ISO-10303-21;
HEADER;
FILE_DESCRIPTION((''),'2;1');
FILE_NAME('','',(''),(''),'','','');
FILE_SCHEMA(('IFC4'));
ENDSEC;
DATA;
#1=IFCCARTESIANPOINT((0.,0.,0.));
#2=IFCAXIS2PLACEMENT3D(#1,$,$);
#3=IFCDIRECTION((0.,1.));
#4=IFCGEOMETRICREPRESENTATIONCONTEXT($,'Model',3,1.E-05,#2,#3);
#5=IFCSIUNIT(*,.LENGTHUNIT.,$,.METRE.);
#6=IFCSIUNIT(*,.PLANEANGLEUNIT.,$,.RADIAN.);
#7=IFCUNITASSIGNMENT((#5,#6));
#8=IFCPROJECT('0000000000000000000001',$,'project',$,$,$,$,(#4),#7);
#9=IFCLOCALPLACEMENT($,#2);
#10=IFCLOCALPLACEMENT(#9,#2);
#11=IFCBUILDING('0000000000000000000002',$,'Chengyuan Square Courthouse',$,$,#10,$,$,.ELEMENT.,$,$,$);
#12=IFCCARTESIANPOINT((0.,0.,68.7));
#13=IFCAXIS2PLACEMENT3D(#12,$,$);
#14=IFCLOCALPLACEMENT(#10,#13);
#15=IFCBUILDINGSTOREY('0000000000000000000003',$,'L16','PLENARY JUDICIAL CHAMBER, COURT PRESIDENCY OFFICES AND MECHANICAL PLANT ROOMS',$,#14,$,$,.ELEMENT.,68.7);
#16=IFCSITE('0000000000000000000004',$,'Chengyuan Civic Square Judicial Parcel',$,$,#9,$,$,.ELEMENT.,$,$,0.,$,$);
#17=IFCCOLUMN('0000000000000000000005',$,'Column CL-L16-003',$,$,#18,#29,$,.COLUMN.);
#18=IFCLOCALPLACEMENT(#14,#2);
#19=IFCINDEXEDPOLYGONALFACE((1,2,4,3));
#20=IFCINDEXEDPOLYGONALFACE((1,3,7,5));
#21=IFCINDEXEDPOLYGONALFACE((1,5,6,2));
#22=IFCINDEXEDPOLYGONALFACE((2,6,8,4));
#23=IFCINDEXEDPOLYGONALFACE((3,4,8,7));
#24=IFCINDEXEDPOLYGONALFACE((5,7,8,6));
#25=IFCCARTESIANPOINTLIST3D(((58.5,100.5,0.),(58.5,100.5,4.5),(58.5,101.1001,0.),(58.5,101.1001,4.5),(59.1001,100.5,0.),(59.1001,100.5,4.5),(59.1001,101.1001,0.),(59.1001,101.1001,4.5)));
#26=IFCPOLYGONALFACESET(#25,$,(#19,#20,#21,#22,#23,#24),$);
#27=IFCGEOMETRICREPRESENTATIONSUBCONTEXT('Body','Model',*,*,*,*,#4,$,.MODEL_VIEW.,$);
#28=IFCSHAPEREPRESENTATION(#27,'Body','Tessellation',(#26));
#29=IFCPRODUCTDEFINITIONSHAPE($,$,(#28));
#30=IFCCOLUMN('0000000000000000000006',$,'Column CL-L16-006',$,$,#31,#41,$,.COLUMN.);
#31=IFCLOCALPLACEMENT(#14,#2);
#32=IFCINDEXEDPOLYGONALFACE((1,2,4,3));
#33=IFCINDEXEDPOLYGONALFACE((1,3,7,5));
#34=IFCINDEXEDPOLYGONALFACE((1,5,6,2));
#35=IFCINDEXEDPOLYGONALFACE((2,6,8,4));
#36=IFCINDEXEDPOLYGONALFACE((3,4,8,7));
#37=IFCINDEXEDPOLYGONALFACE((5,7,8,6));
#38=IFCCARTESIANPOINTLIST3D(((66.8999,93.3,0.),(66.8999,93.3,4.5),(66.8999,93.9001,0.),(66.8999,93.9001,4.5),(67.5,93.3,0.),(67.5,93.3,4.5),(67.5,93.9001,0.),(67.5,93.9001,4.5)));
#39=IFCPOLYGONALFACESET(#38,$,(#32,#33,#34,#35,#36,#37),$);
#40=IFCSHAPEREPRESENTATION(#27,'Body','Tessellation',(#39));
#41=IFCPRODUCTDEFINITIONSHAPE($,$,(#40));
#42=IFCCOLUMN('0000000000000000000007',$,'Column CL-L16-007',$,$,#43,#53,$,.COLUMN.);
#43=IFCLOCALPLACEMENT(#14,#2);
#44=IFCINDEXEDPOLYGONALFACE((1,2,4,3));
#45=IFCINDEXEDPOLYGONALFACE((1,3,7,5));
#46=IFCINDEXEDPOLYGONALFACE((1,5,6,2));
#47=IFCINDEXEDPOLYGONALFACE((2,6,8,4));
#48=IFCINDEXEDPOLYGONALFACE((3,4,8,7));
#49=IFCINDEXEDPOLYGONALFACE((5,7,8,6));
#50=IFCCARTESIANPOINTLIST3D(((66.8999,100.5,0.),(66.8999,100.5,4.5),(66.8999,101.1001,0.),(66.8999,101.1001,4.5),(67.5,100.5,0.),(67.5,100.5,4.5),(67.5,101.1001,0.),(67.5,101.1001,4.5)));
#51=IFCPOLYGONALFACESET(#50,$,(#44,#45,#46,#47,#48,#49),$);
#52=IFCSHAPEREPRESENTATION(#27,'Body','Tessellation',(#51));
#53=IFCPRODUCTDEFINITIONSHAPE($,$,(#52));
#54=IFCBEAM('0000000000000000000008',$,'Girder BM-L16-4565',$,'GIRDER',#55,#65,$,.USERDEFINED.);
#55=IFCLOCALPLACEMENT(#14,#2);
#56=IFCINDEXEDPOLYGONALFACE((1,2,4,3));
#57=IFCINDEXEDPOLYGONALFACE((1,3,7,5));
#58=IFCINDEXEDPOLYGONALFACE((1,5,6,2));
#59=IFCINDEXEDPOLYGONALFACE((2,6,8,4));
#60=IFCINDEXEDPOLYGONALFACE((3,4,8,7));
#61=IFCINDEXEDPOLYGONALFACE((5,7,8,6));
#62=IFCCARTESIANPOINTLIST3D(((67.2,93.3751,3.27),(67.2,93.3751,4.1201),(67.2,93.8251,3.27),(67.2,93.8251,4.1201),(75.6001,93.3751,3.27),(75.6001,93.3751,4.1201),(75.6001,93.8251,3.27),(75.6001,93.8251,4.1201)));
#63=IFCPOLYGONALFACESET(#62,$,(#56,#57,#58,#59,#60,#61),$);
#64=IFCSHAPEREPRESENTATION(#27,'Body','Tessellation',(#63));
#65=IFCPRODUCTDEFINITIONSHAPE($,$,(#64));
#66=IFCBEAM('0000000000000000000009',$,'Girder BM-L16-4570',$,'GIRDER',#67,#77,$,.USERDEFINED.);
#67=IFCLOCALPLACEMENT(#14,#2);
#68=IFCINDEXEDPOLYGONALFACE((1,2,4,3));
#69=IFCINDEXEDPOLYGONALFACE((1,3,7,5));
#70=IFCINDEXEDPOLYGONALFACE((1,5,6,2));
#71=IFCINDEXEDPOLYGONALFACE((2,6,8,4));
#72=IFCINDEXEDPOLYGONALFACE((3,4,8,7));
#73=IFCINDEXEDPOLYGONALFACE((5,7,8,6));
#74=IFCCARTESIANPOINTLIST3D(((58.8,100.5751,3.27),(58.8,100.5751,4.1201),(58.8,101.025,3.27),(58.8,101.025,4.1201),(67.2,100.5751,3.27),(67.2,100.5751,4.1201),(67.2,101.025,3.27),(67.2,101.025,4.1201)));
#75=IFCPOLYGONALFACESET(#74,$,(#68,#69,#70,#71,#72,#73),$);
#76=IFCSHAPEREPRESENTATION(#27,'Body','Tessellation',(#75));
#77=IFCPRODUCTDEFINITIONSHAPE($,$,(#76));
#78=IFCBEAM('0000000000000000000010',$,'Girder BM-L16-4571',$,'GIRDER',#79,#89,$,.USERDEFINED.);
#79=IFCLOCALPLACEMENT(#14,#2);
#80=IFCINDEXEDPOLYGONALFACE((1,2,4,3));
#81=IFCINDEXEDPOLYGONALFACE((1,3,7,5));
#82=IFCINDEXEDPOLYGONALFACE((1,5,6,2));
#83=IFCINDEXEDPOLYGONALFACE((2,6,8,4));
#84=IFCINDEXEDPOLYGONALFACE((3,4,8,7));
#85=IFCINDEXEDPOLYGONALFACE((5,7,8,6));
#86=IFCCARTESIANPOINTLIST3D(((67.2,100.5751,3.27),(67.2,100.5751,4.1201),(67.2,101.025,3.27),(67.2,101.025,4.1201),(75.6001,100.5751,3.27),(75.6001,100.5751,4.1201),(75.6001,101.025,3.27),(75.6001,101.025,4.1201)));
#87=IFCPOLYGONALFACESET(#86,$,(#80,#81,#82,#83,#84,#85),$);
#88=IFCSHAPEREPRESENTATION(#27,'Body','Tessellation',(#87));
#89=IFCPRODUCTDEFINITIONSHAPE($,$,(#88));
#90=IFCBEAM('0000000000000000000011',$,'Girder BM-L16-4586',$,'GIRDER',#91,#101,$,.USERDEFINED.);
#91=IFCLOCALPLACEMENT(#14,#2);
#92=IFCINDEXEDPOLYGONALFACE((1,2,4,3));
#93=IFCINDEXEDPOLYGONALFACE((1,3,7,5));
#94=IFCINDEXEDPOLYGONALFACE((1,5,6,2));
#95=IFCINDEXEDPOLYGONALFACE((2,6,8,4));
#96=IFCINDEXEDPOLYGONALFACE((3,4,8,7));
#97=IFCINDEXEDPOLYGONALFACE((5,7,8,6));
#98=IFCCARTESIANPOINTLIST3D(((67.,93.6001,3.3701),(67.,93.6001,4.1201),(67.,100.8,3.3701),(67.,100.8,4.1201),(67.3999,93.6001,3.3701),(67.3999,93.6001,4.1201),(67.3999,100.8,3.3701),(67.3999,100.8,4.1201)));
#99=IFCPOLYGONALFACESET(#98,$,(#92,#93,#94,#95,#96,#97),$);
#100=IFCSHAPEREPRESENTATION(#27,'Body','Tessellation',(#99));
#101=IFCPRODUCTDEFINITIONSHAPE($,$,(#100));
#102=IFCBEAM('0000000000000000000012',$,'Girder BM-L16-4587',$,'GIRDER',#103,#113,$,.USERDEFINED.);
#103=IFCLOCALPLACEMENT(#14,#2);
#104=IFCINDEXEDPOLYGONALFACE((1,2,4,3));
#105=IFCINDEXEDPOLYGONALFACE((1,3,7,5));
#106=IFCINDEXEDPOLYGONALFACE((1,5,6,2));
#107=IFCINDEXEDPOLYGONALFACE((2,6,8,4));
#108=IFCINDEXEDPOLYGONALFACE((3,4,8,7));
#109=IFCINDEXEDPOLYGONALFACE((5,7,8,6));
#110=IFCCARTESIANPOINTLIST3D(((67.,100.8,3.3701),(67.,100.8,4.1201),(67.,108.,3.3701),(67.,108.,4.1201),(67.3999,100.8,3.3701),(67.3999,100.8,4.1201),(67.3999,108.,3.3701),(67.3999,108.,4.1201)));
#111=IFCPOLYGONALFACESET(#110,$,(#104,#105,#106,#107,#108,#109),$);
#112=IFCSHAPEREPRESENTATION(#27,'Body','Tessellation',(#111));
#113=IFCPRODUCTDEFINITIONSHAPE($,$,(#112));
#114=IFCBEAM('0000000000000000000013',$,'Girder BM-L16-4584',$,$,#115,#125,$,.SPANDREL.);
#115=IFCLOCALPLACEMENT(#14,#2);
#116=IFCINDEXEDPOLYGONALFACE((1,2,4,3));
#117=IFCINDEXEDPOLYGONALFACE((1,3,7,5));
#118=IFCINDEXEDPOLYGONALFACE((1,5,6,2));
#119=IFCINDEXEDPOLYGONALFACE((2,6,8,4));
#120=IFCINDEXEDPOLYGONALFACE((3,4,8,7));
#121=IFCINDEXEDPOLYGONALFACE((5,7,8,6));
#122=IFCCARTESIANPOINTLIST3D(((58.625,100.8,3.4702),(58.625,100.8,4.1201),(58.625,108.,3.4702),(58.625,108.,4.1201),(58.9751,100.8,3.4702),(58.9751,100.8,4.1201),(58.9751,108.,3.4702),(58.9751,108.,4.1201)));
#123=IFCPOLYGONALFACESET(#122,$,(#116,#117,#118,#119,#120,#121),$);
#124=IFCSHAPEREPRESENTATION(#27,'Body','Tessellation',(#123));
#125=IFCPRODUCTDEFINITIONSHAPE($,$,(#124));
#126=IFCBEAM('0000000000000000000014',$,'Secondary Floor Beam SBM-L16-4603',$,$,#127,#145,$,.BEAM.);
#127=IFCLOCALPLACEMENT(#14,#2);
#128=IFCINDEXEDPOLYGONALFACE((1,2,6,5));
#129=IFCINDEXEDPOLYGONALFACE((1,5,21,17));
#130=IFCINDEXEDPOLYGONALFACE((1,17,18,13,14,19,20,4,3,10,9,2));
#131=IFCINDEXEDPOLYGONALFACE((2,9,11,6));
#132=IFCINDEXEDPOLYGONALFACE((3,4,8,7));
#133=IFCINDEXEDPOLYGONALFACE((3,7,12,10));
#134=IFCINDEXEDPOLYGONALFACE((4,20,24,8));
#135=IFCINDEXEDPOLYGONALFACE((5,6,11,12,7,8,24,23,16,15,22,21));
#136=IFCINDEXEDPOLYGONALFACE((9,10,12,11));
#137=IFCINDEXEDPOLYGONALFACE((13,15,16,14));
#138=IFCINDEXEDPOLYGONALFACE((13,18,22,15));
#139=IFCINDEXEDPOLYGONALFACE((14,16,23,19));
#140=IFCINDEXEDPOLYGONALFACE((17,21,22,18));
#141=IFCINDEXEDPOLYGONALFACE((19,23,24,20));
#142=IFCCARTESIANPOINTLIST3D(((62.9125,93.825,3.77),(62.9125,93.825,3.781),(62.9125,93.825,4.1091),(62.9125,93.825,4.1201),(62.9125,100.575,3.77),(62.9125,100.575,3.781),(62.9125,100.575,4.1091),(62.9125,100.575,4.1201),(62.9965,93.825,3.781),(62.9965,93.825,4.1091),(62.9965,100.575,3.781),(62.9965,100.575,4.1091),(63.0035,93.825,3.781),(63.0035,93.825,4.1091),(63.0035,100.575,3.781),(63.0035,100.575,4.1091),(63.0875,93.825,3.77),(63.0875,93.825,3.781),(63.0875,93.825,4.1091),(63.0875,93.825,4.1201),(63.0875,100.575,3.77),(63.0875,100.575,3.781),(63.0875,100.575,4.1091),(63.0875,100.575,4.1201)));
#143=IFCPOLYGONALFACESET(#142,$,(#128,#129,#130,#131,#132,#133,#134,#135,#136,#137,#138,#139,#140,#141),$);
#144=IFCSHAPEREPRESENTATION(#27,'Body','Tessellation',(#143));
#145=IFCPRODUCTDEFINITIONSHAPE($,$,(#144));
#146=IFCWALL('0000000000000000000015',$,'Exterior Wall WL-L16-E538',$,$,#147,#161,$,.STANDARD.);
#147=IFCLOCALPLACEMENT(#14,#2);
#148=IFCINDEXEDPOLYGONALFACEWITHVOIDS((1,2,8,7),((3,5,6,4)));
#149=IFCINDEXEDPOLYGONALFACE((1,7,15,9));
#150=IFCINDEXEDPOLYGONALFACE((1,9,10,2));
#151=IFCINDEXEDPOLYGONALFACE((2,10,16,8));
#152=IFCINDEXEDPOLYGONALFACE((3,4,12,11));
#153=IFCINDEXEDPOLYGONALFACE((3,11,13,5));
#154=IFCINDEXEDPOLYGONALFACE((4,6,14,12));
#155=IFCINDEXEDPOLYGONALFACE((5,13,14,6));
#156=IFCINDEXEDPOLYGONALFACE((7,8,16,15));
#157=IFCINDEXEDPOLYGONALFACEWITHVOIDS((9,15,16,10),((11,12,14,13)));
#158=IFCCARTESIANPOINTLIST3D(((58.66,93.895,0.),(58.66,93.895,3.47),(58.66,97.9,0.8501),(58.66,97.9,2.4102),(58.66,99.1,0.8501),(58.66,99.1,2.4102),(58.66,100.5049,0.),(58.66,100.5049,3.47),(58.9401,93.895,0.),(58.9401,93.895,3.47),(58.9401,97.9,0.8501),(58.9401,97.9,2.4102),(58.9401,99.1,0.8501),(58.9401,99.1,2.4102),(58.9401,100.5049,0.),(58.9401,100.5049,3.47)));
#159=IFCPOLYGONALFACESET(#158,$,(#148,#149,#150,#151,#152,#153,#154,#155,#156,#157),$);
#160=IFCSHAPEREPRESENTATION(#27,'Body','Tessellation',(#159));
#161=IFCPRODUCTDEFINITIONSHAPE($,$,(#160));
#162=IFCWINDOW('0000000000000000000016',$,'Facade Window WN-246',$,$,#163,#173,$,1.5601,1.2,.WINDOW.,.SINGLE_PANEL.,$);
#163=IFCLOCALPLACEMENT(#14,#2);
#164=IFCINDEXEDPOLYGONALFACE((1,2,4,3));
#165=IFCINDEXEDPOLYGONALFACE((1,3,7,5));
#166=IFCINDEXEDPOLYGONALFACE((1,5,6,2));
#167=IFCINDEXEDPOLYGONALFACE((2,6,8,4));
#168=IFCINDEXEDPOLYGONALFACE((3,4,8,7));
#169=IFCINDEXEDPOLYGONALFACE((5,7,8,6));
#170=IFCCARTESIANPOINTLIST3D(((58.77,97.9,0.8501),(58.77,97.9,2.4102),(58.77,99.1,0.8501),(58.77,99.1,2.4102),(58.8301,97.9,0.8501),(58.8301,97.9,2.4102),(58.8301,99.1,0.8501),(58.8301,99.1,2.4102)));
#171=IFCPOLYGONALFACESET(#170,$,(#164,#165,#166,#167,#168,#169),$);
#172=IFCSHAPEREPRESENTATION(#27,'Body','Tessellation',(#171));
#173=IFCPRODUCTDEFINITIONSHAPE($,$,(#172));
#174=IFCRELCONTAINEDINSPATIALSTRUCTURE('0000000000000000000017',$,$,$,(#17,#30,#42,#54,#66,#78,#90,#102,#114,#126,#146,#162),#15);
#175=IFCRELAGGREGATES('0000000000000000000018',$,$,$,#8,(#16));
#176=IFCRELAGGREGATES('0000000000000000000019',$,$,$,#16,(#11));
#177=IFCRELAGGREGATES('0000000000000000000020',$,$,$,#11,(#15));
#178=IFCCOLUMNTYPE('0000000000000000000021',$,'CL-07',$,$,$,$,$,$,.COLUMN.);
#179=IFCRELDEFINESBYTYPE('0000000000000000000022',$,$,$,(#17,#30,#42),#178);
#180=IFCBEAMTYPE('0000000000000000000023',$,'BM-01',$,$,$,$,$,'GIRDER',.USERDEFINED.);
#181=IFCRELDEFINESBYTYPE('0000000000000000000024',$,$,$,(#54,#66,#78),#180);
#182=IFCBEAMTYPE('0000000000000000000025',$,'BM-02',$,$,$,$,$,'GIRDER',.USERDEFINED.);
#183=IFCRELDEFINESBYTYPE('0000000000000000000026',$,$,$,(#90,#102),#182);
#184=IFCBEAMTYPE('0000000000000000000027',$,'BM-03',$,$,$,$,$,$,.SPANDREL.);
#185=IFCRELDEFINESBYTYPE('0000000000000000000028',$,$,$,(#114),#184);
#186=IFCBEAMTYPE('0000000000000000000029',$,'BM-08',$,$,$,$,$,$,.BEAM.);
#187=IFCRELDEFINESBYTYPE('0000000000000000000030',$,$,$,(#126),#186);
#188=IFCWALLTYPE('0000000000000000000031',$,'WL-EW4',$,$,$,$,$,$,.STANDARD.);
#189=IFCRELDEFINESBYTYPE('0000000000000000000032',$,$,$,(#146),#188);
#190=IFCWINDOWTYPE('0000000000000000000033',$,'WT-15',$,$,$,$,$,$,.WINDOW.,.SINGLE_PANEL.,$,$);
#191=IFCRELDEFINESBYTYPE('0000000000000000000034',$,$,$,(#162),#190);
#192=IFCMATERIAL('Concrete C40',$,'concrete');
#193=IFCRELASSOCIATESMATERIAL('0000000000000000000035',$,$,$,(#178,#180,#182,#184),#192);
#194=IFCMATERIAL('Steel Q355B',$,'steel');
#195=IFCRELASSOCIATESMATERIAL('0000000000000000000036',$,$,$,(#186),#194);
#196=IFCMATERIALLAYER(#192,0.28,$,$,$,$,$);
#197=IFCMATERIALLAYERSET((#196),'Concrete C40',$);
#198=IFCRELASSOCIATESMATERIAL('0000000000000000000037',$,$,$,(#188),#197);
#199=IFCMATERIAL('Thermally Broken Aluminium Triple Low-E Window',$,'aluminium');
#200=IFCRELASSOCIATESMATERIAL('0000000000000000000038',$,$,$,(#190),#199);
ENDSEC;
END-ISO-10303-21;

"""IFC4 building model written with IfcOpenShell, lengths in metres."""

from ifc_helpers import new_model, si_unit, direction, frame, frame_2d, origin, origin_2d, place, context, subcontext, project, spatial, rectangle, i_section, extrude, material, layer, layer_set, material_profile, profile_set, type_object, element, fill, save


model = new_model("IFC4")

# Units and contexts
model_context = context("Model", 3, precision=1e-05, world=origin(), true_north=direction((0.0, 1.0)))
body_context = subcontext(model_context, "Body", "Model", "MODEL_VIEW")
ifc_project = project(units=[si_unit("LENGTHUNIT", "METRE"), si_unit("PLANEANGLEUNIT", "RADIAN")], contexts=[model_context])

# Site, building, storey
site_placement = place(None, origin())
site = spatial("IfcSite", under=ifc_project, at=site_placement, Name="Chengyuan Civic Square Judicial Parcel", CompositionType="ELEMENT", RefElevation=0.0)
building_placement = place(site_placement, origin())
building = spatial("IfcBuilding", under=site, at=building_placement, Name="Chengyuan Square Courthouse", CompositionType="ELEMENT")
storey_placement = place(building_placement, frame((0.0, 0.0, 68.7)))
storey = spatial("IfcBuildingStorey", under=building, at=storey_placement, Name="L16", Description="PLENARY JUDICIAL CHAMBER, COURT PRESIDENCY OFFICES AND MECHANICAL PLANT ROOMS", CompositionType="ELEMENT", Elevation=68.7)

# Columns
ifc_material_1 = material(Name="Concrete C40", Category="concrete")
ifc_material_profile_1 = material_profile(ifc_material_1, rectangle(XDim=0.6001, YDim=0.6001, at=origin_2d()), Name="RC-COL-600x600")
ifc_profile_set_1 = profile_set([ifc_material_profile_1], Name="Concrete C40")
column_type = type_object("IfcColumnType", Name="CL-07", PredefinedType="COLUMN", material=ifc_profile_set_1)
for number, where, z_axis, x_axis, name in (
    (1, (58.8, 100.8, 0.0), (0.0, 0.0, 1.0), (1.0, 0.0, 0.0), "Column CL-L16-003"),
    (2, (67.2, 93.6001, 0.0), (0.0, 0.0, 1.0), (1.0, 0.0, 0.0), "Column CL-L16-006"),
    (3, (67.2, 100.8, 0.0), (0.0, 0.0, 1.0), (1.0, 0.0, 0.0), "Column CL-L16-007"),
):
    element("IfcColumn", number, at=place(storey_placement, frame(where, z_axis=z_axis, x_axis=x_axis)), inside=storey, type_object=column_type, Name=name, PredefinedType="COLUMN", context=body_context, shape_type="SweptSolid", body=[
        extrude(rectangle(XDim=0.6001, YDim=0.6001, at=origin_2d()), origin(), (0.0, 0.0, 1.0), 4.5),
    ])

# Beams
ifc_material_profile_2 = material_profile(ifc_material_1, rectangle(XDim=0.45, YDim=0.8501, at=origin_2d()), Name="RC-BM-450x850")
ifc_profile_set_2 = profile_set([ifc_material_profile_2], Name="Concrete C40")
beam_type_1 = type_object("IfcBeamType", Name="BM-01", ElementType="GIRDER", PredefinedType="USERDEFINED", material=ifc_profile_set_2)
beam_1_placement = place(storey_placement, frame((67.2, 93.6001, 3.6951), z_axis=(1.0, 0.0, 0.0), x_axis=(0.0, 1.0, 0.0)))
element("IfcBeam", 4, at=beam_1_placement, inside=storey, type_object=beam_type_1, Name="Girder BM-L16-4565", ObjectType="GIRDER", PredefinedType="USERDEFINED", context=body_context, shape_type="SweptSolid", body=[
    extrude(rectangle(XDim=0.45, YDim=0.8501, at=origin_2d()), origin(), (0.0, 0.0, 1.0), 8.4001),
])
beam_2_placement = place(storey_placement, frame((58.8, 100.8, 3.6951), z_axis=(1.0, 0.0, 0.0), x_axis=(0.0, 1.0, 0.0)))
element("IfcBeam", 5, at=beam_2_placement, inside=storey, type_object=beam_type_1, Name="Girder BM-L16-4570", ObjectType="GIRDER", PredefinedType="USERDEFINED", context=body_context, shape_type="SweptSolid", body=[
    extrude(rectangle(XDim=0.45, YDim=0.8501, at=origin_2d()), origin(), (0.0, 0.0, 1.0), 8.3999),
])
beam_3_placement = place(storey_placement, frame((67.2, 100.8, 3.6951), z_axis=(1.0, 0.0, 0.0), x_axis=(0.0, 1.0, 0.0)))
element("IfcBeam", 6, at=beam_3_placement, inside=storey, type_object=beam_type_1, Name="Girder BM-L16-4571", ObjectType="GIRDER", PredefinedType="USERDEFINED", context=body_context, shape_type="SweptSolid", body=[
    extrude(rectangle(XDim=0.45, YDim=0.8501, at=origin_2d()), origin(), (0.0, 0.0, 1.0), 8.4001),
])
ifc_material_profile_3 = material_profile(ifc_material_1, rectangle(XDim=0.3999, YDim=0.75, at=origin_2d()), Name="RC-BM-400x750")
ifc_profile_set_3 = profile_set([ifc_material_profile_3], Name="Concrete C40")
beam_type_2 = type_object("IfcBeamType", Name="BM-02", ElementType="GIRDER", PredefinedType="USERDEFINED", material=ifc_profile_set_3)
for number, where, z_axis, x_axis, name in (
    (7, (67.2, 93.6001, 3.7451), (0.0, 1.0, 0.0), (-1.0, 0.0, 0.0), "Girder BM-L16-4586"),
    (8, (67.2, 100.8, 3.7451), (0.0, 1.0, 0.0), (-1.0, 0.0, 0.0), "Girder BM-L16-4587"),
):
    element("IfcBeam", number, at=place(storey_placement, frame(where, z_axis=z_axis, x_axis=x_axis)), inside=storey, type_object=beam_type_2, Name=name, ObjectType="GIRDER", PredefinedType="USERDEFINED", context=body_context, shape_type="SweptSolid", body=[
        extrude(rectangle(XDim=0.3999, YDim=0.75, at=origin_2d()), origin(), (0.0, 0.0, 1.0), 7.2),
    ])
ifc_material_profile_4 = material_profile(ifc_material_1, rectangle(XDim=0.3501, YDim=0.6499, at=origin_2d()), Name="RC-BM-350x650")
ifc_profile_set_4 = profile_set([ifc_material_profile_4], Name="Concrete C40")
beam_type_3 = type_object("IfcBeamType", Name="BM-03", PredefinedType="SPANDREL", material=ifc_profile_set_4)
beam_4_placement = place(storey_placement, frame((58.8, 100.8, 3.7952), z_axis=(0.0, 1.0, 0.0), x_axis=(-1.0, 0.0, 0.0)))
element("IfcBeam", 9, at=beam_4_placement, inside=storey, type_object=beam_type_3, Name="Girder BM-L16-4584", PredefinedType="SPANDREL", context=body_context, shape_type="SweptSolid", body=[
    extrude(rectangle(XDim=0.3501, YDim=0.6499, at=origin_2d()), origin(), (0.0, 0.0, 1.0), 7.2),
])
ifc_material_2 = material(Name="Steel Q355B", Category="steel")
ifc_material_profile_5 = material_profile(ifc_material_2, i_section(OverallWidth=0.175, OverallDepth=0.3501, WebThickness=0.0071, FlangeThickness=0.011, at=origin_2d()), Name="HN 350x175x7x11")
ifc_profile_set_5 = profile_set([ifc_material_profile_5], Name="Steel Q355B")
beam_type_4 = type_object("IfcBeamType", Name="BM-08", PredefinedType="BEAM", material=ifc_profile_set_5)
beam_5_placement = place(storey_placement, frame((63.0, 93.825, 3.9451), z_axis=(0.0, 1.0, 0.0), x_axis=(-1.0, 0.0, 0.0)))
element("IfcBeam", 10, at=beam_5_placement, inside=storey, type_object=beam_type_4, Name="Secondary Floor Beam SBM-L16-4603", PredefinedType="BEAM", context=body_context, shape_type="SweptSolid", body=[
    extrude(i_section(OverallWidth=0.175, OverallDepth=0.3501, WebThickness=0.0071, FlangeThickness=0.011, at=origin_2d()), origin(), (0.0, 0.0, 1.0), 6.75),
])

# Wall, opening, window
ifc_layer_1 = layer(ifc_material_1, 0.28)
ifc_layer_set_1 = layer_set([ifc_layer_1], Name="Concrete C40")
wall_type_1 = type_object("IfcWallType", Name="WL-EW4", PredefinedType="STANDARD", material=ifc_layer_set_1)
wall_1_placement = place(storey_placement, frame((58.8, 93.895, 0.0), z_axis=(0.0, 0.0, 1.0), x_axis=(0.0, 1.0, 0.0)))
wall_1 = element("IfcWall", 11, at=wall_1_placement, inside=storey, type_object=wall_type_1, Name="Exterior Wall WL-L16-E538", PredefinedType="STANDARD", context=body_context, shape_type="SweptSolid", body=[
    extrude(rectangle(XDim=6.6099, YDim=0.28, at=frame_2d((3.3049, 0.0))), origin(), (0.0, 0.0, 1.0), 3.47),
])
opening_1_placement = place(wall_1_placement, frame((4.0049, 0.0, 0.8501)))
opening_1 = element("IfcOpeningElement", 12, at=opening_1_placement, cuts=wall_1, PredefinedType="OPENING", context=body_context, shape_type="SweptSolid", body=[
    extrude(rectangle(XDim=1.2, YDim=1.5601, at=frame_2d((0.6001, 0.78))), frame((0.0, 0.1521, 0.0), z_axis=(0.0, -1.0, 0.0), x_axis=(1.0, 0.0, 0.0)), (0.0, 0.0, 1.0), 0.304),
])
ifc_material_3 = material(Name="Thermally Broken Aluminium Triple Low-E Window", Category="aluminium")
window_type = type_object("IfcWindowType", Name="WT-15", PartitioningType="SINGLE_PANEL", PredefinedType="WINDOW", material=ifc_material_3)
window_placement = place(opening_1_placement, origin())
window = element("IfcWindow", 13, at=window_placement, inside=storey, type_object=window_type, Name="Facade Window WN-246", OverallHeight=1.5601, OverallWidth=1.2, PartitioningType="SINGLE_PANEL", PredefinedType="WINDOW", context=body_context, shape_type="SweptSolid", body=[
    extrude(rectangle(XDim=1.2, YDim=1.5601, at=frame_2d((0.6001, 0.78))), frame((0.0, 0.03, 0.0), z_axis=(0.0, -1.0, 0.0), x_axis=(1.0, 0.0, 0.0)), (0.0, 0.0, 1.0), 0.0601),
])
fill(opening_1, window)

save(model, "model.ifc")
